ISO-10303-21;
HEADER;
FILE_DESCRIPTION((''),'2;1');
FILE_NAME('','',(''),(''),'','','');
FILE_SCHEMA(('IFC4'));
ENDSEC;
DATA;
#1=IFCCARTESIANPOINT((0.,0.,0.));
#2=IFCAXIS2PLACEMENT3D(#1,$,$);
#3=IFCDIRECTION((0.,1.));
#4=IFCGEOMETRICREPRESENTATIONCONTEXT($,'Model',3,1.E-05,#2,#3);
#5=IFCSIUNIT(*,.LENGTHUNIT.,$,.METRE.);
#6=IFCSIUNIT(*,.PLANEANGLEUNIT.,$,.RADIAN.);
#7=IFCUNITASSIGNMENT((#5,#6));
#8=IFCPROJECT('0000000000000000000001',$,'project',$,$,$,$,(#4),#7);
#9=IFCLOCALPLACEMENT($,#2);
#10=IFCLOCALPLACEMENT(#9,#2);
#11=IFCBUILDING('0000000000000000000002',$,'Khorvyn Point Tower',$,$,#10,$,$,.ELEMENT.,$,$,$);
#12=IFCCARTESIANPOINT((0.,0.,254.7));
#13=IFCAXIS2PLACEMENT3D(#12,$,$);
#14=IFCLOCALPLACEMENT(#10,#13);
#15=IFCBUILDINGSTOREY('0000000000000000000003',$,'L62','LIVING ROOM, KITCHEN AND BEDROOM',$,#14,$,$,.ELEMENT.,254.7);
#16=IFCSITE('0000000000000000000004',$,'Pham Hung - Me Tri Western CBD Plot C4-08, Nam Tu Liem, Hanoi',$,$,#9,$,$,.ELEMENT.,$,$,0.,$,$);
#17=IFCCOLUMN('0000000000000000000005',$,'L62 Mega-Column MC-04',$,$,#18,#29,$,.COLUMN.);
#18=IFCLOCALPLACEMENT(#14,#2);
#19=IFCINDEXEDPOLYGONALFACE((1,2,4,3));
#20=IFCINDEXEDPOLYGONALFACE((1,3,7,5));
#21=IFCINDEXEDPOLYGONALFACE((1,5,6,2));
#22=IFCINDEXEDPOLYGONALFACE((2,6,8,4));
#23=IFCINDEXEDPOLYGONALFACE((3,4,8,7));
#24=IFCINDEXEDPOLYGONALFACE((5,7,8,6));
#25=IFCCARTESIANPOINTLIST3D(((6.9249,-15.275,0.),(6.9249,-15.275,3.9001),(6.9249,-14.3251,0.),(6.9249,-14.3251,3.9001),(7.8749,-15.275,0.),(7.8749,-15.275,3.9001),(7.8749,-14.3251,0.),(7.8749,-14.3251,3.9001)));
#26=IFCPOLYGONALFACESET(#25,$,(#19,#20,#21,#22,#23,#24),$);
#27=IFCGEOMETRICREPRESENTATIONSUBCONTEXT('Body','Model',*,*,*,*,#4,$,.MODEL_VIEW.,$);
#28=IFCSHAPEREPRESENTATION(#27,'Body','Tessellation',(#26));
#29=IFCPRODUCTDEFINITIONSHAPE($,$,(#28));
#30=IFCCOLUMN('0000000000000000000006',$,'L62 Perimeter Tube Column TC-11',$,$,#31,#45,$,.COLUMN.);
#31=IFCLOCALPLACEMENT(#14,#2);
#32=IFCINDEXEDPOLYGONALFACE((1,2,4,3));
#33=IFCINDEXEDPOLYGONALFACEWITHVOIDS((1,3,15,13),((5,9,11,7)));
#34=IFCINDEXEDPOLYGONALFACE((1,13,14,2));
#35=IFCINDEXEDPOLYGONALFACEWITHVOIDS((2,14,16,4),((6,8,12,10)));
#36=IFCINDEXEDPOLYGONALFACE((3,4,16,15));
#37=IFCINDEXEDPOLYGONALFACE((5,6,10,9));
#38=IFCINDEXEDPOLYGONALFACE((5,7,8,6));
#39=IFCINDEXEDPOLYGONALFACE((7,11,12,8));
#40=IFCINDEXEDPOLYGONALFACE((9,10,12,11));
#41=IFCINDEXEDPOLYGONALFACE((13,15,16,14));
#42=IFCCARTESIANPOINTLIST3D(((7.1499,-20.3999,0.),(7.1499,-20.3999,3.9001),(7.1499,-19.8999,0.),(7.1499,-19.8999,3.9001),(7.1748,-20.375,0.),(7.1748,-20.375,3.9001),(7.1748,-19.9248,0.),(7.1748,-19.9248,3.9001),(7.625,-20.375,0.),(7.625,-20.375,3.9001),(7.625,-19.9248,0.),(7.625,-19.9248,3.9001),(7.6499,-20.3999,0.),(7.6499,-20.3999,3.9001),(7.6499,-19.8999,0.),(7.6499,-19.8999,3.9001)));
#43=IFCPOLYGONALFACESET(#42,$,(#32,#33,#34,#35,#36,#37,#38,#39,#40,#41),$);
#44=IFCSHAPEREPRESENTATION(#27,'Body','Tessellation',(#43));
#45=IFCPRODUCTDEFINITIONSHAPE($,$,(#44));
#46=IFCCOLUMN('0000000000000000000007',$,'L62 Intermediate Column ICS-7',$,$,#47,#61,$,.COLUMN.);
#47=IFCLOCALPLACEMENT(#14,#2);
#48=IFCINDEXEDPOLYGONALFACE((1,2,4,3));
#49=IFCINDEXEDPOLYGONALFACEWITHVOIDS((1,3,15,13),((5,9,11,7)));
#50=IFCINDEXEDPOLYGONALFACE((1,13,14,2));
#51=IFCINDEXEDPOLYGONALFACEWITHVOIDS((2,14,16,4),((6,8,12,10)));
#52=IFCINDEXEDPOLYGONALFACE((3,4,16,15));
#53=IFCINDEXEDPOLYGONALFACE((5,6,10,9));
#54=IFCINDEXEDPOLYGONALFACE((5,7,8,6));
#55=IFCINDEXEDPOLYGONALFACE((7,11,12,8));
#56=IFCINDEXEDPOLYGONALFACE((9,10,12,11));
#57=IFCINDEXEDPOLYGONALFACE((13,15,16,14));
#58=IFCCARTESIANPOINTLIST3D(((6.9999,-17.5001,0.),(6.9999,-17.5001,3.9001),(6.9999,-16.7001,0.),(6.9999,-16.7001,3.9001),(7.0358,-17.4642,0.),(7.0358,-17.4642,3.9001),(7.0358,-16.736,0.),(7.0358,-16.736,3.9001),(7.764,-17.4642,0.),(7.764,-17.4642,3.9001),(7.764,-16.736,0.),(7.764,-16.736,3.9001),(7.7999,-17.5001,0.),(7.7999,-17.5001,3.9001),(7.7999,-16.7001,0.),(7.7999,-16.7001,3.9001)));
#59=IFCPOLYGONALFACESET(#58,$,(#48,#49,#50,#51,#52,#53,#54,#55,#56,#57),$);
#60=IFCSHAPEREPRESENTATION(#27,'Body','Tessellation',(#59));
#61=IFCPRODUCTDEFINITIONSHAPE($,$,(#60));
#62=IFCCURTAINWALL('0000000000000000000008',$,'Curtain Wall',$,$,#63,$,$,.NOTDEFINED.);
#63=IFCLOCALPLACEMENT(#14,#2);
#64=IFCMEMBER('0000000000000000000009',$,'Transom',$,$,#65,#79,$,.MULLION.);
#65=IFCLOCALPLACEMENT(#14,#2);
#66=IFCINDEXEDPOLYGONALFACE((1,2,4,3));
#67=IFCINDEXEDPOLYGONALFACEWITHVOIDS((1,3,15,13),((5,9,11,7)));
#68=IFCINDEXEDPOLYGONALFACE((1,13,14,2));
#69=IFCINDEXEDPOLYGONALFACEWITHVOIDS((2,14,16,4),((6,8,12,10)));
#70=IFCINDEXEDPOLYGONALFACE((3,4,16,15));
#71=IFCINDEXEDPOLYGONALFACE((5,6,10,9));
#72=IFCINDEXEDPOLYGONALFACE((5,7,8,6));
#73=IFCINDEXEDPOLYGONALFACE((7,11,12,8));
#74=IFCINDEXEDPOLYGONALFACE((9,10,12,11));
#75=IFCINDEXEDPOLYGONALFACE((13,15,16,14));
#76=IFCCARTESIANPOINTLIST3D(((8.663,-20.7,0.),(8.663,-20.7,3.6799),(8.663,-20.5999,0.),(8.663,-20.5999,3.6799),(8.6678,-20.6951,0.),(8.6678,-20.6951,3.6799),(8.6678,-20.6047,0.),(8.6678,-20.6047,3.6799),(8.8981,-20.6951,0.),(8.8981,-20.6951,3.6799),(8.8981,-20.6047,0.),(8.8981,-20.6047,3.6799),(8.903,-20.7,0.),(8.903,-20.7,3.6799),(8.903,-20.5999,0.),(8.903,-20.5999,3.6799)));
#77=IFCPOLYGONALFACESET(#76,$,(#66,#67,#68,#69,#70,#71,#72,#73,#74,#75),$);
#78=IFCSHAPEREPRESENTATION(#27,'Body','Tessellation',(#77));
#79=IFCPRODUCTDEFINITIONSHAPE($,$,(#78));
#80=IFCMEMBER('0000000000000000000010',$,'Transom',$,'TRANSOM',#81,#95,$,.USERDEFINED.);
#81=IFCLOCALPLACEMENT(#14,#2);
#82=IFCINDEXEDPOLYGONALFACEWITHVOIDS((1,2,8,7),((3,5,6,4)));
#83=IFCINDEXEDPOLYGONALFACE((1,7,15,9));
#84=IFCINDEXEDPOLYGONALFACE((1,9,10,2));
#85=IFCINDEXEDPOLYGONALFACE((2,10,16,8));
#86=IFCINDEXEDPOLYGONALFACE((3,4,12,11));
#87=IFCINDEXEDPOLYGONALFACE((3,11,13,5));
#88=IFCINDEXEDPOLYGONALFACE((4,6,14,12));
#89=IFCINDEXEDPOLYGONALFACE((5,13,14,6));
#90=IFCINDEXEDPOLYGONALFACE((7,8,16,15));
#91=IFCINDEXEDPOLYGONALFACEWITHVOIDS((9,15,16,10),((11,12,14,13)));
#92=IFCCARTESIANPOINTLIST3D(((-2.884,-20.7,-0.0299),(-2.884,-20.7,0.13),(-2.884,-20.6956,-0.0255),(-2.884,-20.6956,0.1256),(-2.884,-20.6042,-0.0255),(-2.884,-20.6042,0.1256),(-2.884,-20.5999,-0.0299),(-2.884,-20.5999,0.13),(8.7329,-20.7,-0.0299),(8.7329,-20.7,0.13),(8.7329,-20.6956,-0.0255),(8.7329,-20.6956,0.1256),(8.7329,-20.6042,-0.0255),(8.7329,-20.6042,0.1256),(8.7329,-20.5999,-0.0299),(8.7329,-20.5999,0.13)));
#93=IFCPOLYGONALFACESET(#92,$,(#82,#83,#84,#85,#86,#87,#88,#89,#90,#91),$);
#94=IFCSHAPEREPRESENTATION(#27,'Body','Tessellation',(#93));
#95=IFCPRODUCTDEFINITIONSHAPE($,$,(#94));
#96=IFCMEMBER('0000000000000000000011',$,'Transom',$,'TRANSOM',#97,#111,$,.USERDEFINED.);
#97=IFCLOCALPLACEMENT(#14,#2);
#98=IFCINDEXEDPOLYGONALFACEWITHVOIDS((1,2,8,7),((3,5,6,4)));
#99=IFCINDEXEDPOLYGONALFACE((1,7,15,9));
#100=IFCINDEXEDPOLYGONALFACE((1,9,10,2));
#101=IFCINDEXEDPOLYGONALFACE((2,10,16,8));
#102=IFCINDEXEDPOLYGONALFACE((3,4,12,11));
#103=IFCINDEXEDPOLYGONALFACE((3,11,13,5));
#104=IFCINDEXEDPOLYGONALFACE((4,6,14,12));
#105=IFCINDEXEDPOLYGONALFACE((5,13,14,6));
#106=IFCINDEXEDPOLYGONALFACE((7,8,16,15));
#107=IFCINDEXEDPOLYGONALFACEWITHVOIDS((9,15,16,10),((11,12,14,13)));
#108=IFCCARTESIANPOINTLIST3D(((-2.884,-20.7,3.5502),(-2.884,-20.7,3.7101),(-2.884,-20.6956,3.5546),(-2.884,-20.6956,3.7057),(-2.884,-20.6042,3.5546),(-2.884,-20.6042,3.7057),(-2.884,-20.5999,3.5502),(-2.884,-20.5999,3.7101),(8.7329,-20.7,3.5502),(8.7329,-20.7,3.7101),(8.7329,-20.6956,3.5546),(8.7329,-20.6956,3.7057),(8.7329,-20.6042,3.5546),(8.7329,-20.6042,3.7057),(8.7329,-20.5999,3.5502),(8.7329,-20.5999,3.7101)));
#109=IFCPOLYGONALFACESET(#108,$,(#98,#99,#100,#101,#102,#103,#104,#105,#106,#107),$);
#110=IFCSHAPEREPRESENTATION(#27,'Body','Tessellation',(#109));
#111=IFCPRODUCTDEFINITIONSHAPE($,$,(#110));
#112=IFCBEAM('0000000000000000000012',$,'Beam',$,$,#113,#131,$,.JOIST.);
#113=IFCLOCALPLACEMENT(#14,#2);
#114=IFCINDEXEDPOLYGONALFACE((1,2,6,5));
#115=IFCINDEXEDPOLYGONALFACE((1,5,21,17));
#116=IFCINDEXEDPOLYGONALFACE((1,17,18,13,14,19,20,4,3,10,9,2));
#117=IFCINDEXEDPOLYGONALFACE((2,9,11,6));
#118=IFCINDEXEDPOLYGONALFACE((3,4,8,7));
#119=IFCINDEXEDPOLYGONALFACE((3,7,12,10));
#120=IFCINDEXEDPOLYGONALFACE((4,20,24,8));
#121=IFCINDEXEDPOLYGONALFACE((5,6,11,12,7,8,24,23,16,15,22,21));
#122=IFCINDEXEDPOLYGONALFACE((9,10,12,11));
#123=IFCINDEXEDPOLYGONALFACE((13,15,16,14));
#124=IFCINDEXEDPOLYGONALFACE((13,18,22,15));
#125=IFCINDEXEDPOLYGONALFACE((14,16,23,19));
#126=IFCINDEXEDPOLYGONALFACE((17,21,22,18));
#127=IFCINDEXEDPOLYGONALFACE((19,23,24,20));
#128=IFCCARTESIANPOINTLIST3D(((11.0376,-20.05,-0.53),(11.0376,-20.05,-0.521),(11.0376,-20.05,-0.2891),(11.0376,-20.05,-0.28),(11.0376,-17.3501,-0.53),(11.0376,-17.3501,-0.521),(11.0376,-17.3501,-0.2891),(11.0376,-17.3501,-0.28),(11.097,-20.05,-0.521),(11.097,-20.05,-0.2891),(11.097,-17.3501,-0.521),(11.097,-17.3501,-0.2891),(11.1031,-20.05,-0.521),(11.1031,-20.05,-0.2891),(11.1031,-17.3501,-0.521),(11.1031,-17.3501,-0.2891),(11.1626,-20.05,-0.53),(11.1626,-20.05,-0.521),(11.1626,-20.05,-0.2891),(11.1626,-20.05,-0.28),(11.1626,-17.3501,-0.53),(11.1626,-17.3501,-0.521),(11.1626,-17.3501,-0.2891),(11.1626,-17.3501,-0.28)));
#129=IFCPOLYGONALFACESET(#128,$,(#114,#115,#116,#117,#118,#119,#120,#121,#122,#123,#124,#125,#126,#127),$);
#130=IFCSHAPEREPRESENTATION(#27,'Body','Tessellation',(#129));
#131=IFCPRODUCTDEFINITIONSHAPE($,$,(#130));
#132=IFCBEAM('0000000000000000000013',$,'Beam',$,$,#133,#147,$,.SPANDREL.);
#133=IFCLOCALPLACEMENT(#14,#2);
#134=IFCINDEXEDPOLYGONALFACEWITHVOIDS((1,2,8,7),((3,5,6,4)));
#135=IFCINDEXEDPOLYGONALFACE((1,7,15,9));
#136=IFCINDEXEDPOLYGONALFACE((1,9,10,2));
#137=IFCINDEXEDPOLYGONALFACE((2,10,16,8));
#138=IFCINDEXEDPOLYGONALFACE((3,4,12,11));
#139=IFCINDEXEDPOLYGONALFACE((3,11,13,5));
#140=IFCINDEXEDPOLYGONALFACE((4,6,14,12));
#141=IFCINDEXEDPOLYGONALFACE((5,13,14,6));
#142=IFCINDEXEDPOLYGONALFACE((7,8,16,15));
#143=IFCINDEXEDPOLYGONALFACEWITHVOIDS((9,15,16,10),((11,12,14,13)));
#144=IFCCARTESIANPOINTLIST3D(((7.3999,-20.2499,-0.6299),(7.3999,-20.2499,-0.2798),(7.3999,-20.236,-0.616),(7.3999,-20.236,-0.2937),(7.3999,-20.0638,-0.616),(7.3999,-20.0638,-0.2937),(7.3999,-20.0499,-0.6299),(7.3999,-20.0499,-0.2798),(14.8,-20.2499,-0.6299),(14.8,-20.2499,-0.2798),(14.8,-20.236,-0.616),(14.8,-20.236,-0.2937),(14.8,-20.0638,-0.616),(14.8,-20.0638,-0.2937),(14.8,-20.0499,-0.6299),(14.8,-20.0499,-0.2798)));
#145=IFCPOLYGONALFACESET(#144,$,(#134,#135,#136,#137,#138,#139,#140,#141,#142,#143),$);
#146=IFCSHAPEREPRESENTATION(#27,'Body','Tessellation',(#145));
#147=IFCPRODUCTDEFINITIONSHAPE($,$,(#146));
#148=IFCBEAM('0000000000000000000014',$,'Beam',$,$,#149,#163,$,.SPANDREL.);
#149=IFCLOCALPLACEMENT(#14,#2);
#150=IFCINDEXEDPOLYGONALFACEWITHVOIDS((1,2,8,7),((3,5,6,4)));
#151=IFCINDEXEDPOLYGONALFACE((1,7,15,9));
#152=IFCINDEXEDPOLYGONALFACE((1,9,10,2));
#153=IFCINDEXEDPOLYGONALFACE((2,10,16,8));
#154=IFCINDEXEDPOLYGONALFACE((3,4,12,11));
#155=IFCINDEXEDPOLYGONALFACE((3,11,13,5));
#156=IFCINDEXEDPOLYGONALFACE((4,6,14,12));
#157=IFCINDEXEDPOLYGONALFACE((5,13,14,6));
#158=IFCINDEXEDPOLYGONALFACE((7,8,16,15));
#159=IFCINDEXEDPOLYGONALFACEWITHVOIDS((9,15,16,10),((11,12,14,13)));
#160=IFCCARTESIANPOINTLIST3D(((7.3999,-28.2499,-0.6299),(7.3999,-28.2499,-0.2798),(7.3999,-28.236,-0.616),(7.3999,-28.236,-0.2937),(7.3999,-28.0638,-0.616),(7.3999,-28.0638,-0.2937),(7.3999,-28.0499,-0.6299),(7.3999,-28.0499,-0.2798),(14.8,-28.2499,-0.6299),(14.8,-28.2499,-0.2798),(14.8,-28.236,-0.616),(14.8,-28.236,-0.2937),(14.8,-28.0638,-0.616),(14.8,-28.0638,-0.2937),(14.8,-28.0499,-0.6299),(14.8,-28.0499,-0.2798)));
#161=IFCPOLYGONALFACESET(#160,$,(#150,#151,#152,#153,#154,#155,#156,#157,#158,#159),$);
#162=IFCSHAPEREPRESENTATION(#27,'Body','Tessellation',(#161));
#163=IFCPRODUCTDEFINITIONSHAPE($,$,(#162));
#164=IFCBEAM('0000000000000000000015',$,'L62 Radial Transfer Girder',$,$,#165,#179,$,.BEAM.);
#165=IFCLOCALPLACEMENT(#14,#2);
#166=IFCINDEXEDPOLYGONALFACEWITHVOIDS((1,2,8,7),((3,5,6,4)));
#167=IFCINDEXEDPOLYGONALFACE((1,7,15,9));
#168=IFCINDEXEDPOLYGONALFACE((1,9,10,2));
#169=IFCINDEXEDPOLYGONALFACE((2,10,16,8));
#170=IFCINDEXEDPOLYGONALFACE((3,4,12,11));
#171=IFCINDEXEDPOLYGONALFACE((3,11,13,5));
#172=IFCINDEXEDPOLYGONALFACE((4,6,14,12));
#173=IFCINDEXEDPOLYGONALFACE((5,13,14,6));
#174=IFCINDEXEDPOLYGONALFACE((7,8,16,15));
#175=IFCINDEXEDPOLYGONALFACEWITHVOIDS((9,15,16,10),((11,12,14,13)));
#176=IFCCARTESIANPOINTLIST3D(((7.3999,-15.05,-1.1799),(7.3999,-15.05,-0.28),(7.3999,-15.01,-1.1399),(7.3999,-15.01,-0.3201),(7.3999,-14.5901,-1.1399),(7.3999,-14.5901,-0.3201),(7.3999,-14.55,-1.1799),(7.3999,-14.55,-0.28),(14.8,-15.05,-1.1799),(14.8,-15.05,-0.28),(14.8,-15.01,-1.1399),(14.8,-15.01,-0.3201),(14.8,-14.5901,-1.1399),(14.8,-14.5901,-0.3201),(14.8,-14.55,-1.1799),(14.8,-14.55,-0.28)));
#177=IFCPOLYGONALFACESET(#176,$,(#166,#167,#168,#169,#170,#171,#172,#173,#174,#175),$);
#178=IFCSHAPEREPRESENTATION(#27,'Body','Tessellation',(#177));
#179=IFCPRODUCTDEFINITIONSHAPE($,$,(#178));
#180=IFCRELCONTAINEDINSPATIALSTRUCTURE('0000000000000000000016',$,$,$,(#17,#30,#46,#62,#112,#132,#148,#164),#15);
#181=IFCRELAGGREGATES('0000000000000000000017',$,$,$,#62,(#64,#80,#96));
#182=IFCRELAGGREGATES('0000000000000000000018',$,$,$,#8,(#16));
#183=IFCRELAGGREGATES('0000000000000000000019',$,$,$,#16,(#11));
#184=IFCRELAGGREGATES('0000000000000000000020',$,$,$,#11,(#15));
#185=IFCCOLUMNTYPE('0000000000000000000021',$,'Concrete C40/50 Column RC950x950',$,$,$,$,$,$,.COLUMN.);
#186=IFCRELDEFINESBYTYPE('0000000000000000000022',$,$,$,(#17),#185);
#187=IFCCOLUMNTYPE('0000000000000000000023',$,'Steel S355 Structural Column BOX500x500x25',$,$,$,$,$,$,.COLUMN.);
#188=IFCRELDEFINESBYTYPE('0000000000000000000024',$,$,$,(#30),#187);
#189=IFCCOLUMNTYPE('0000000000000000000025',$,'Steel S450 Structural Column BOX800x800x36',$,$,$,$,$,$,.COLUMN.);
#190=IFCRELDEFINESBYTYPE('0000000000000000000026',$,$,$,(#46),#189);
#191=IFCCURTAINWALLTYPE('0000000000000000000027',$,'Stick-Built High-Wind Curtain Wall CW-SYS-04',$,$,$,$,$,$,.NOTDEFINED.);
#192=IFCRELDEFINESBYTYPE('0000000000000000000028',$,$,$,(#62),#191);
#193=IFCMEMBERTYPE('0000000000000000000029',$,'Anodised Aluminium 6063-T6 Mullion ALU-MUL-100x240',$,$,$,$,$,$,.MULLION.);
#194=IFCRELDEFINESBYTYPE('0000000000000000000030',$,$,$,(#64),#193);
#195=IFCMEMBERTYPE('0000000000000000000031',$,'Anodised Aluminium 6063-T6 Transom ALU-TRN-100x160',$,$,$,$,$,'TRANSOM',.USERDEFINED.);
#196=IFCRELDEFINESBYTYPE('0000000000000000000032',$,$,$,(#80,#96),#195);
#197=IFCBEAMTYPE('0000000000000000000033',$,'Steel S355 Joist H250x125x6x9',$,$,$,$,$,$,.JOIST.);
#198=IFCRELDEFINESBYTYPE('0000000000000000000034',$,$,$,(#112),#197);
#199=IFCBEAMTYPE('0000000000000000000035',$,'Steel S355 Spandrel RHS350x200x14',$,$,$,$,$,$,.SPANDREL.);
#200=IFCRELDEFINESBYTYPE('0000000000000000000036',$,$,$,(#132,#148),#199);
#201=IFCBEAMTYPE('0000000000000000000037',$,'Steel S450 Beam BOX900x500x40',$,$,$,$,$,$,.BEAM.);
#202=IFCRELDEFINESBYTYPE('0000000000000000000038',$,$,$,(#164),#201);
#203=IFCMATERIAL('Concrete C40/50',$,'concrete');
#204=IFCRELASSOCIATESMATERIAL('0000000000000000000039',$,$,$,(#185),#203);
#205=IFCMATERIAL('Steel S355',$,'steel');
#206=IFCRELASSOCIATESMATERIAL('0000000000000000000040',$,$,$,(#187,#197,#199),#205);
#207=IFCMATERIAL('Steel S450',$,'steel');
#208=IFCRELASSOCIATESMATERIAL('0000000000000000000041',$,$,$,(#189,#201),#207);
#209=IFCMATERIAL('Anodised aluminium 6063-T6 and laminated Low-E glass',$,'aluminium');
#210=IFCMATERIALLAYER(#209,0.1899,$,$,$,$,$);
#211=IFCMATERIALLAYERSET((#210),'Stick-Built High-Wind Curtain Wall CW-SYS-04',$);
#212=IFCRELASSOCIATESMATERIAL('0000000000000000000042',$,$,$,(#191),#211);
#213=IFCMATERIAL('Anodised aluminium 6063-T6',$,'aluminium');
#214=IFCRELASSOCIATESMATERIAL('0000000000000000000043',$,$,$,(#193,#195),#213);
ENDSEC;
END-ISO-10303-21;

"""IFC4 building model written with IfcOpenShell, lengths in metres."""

from ifc_helpers import new_model, si_unit, direction, frame, origin, origin_2d, place, context, subcontext, project, spatial, rectangle, hollow_rectangle, i_section, extrude, material, layer, layer_set, material_profile, profile_set, type_object, element, aggregate, save


model = new_model("IFC4")

# Units and contexts
model_context = context("Model", 3, precision=1e-05, world=origin(), true_north=direction((0.0, 1.0)))
body_context = subcontext(model_context, "Body", "Model", "MODEL_VIEW")
ifc_project = project(units=[si_unit("LENGTHUNIT", "METRE"), si_unit("PLANEANGLEUNIT", "RADIAN")], contexts=[model_context])

# Site, building, storey
site_placement = place(None, origin())
site = spatial("IfcSite", under=ifc_project, at=site_placement, Name="Pham Hung - Me Tri Western CBD Plot C4-08, Nam Tu Liem, Hanoi", CompositionType="ELEMENT", RefElevation=0.0)
building_placement = place(site_placement, origin())
building = spatial("IfcBuilding", under=site, at=building_placement, Name="Khorvyn Point Tower", CompositionType="ELEMENT")
storey_placement = place(building_placement, frame((0.0, 0.0, 254.7)))
storey = spatial("IfcBuildingStorey", under=building, at=storey_placement, Name="L62", Description="LIVING ROOM, KITCHEN AND BEDROOM", CompositionType="ELEMENT", Elevation=254.7)

# Columns
ifc_material_1 = material(Name="Concrete C40/50", Category="concrete")
ifc_material_profile_1 = material_profile(ifc_material_1, rectangle(XDim=0.95, YDim=0.95, at=origin_2d()))
ifc_profile_set_1 = profile_set([ifc_material_profile_1], Name="Concrete C40/50 RC950x950")
column_type_1 = type_object("IfcColumnType", Name="Concrete C40/50 Column RC950x950", PredefinedType="COLUMN", material=ifc_profile_set_1)
column_1_placement = place(storey_placement, frame((7.3999, -14.8, 0.0), z_axis=(0.0, 0.0, 1.0), x_axis=(1.0, 0.0, 0.0)))
element("IfcColumn", 1, at=column_1_placement, inside=storey, type_object=column_type_1, Name="L62 Mega-Column MC-04", PredefinedType="COLUMN", context=body_context, shape_type="SweptSolid", body=[
    extrude(rectangle(XDim=0.95, YDim=0.95, at=origin_2d()), origin(), (0.0, 0.0, 1.0), 3.9001),
])
ifc_material_2 = material(Name="Steel S355", Category="steel")
ifc_material_profile_2 = material_profile(ifc_material_2, hollow_rectangle(XDim=0.5, YDim=0.5, WallThickness=0.0249, at=origin_2d()))
ifc_profile_set_2 = profile_set([ifc_material_profile_2], Name="Steel S355 BOX500x500x25")
column_type_2 = type_object("IfcColumnType", Name="Steel S355 Structural Column BOX500x500x25", PredefinedType="COLUMN", material=ifc_profile_set_2)
column_2_placement = place(storey_placement, frame((7.3999, -20.1499, 0.0), z_axis=(0.0, 0.0, 1.0), x_axis=(1.0, 0.0, 0.0)))
element("IfcColumn", 2, at=column_2_placement, inside=storey, type_object=column_type_2, Name="L62 Perimeter Tube Column TC-11", PredefinedType="COLUMN", context=body_context, shape_type="SweptSolid", body=[
    extrude(hollow_rectangle(XDim=0.5, YDim=0.5, WallThickness=0.0249, at=origin_2d()), origin(), (0.0, 0.0, 1.0), 3.9001),
])
ifc_material_3 = material(Name="Steel S450", Category="steel")
ifc_material_profile_3 = material_profile(ifc_material_3, hollow_rectangle(XDim=0.8, YDim=0.8, WallThickness=0.0359, at=origin_2d()))
ifc_profile_set_3 = profile_set([ifc_material_profile_3], Name="Steel S450 BOX800x800x36")
column_type_3 = type_object("IfcColumnType", Name="Steel S450 Structural Column BOX800x800x36", PredefinedType="COLUMN", material=ifc_profile_set_3)
column_3_placement = place(storey_placement, frame((7.3999, -17.1001, 0.0), z_axis=(0.0, 0.0, 1.0), x_axis=(1.0, 0.0, 0.0)))
element("IfcColumn", 3, at=column_3_placement, inside=storey, type_object=column_type_3, Name="L62 Intermediate Column ICS-7", PredefinedType="COLUMN", context=body_context, shape_type="SweptSolid", body=[
    extrude(hollow_rectangle(XDim=0.8, YDim=0.8, WallThickness=0.0359, at=origin_2d()), origin(), (0.0, 0.0, 1.0), 3.9001),
])

# Curtain wall, members
ifc_material_4 = material(Name="Anodised aluminium 6063-T6 and laminated Low-E glass", Category="aluminium")
ifc_layer_1 = layer(ifc_material_4, 0.1899)
ifc_layer_set_1 = layer_set([ifc_layer_1], Name="Stick-Built High-Wind Curtain Wall CW-SYS-04")
curtain_wall_type = type_object("IfcCurtainWallType", Name="Stick-Built High-Wind Curtain Wall CW-SYS-04", PredefinedType="NOTDEFINED", material=ifc_layer_set_1)
curtain_wall_placement = place(storey_placement, origin())
curtain_wall = element("IfcCurtainWall", 4, at=curtain_wall_placement, inside=storey, type_object=curtain_wall_type, Name="Curtain Wall", PredefinedType="NOTDEFINED")
ifc_material_5 = material(Name="Anodised aluminium 6063-T6", Category="aluminium")
ifc_material_profile_4 = material_profile(ifc_material_5, hollow_rectangle(XDim=0.1001, YDim=0.24, WallThickness=0.0049, at=origin_2d()))
ifc_profile_set_4 = profile_set([ifc_material_profile_4], Name="Anodised aluminium 6063-T6 ALU-MUL-100x240")
member_type_1 = type_object("IfcMemberType", Name="Anodised Aluminium 6063-T6 Mullion ALU-MUL-100x240", PredefinedType="MULLION", material=ifc_profile_set_4)
member_1_placement = place(storey_placement, frame((8.783, -20.6499, 0.0), z_axis=(0.0, 0.0, 1.0), x_axis=(0.0, -1.0, 0.0)))
member_1 = element("IfcMember", 5, at=member_1_placement, type_object=member_type_1, Name="Transom", PredefinedType="MULLION", context=body_context, shape_type="SweptSolid", body=[
    extrude(hollow_rectangle(XDim=0.1001, YDim=0.24, WallThickness=0.0049, at=origin_2d()), origin(), (0.0, 0.0, 1.0), 3.6799),
])
ifc_material_profile_5 = material_profile(ifc_material_5, hollow_rectangle(XDim=0.1001, YDim=0.1599, WallThickness=0.0044, at=origin_2d()))
ifc_profile_set_5 = profile_set([ifc_material_profile_5], Name="Anodised aluminium 6063-T6 ALU-TRN-100x160")
member_type_2 = type_object("IfcMemberType", Name="Anodised Aluminium 6063-T6 Transom ALU-TRN-100x160", ElementType="TRANSOM", PredefinedType="USERDEFINED", material=ifc_profile_set_5)
member_2_placement = place(storey_placement, frame((8.7329, -20.6499, 0.05), z_axis=(-1.0, 0.0, 0.0), x_axis=(0.0, -1.0, 0.0)))
member_2 = element("IfcMember", 6, at=member_2_placement, type_object=member_type_2, Name="Transom", ObjectType="TRANSOM", PredefinedType="USERDEFINED", context=body_context, shape_type="SweptSolid", body=[
    extrude(hollow_rectangle(XDim=0.1001, YDim=0.1599, WallThickness=0.0044, at=origin_2d()), origin(), (0.0, 0.0, 1.0), 11.6169),
])
member_3_placement = place(storey_placement, frame((8.7329, -20.6499, 3.6301), z_axis=(-1.0, 0.0, 0.0), x_axis=(0.0, -1.0, 0.0)))
member_3 = element("IfcMember", 7, at=member_3_placement, type_object=member_type_2, Name="Transom", ObjectType="TRANSOM", PredefinedType="USERDEFINED", context=body_context, shape_type="SweptSolid", body=[
    extrude(hollow_rectangle(XDim=0.1001, YDim=0.1599, WallThickness=0.0044, at=origin_2d()), origin(), (0.0, 0.0, 1.0), 11.6169),
])

# Beams
ifc_material_profile_6 = material_profile(ifc_material_2, i_section(OverallWidth=0.125, OverallDepth=0.25, WebThickness=0.0061, FlangeThickness=0.009, at=origin_2d()))
ifc_profile_set_6 = profile_set([ifc_material_profile_6], Name="Steel S355 H250x125x6x9")
beam_type_1 = type_object("IfcBeamType", Name="Steel S355 Joist H250x125x6x9", PredefinedType="JOIST", material=ifc_profile_set_6)
beam_1_placement = place(storey_placement, frame((11.1001, -20.05, -0.405), z_axis=(0.0, 1.0, 0.0), x_axis=(-1.0, 0.0, 0.0)))
element("IfcBeam", 8, at=beam_1_placement, inside=storey, type_object=beam_type_1, Name="Beam", PredefinedType="JOIST", context=body_context, shape_type="SweptSolid", body=[
    extrude(i_section(OverallWidth=0.125, OverallDepth=0.25, WebThickness=0.0061, FlangeThickness=0.009, at=origin_2d()), origin(), (0.0, 0.0, 1.0), 2.7),
])
ifc_material_profile_7 = material_profile(ifc_material_2, hollow_rectangle(XDim=0.2, YDim=0.3501, WallThickness=0.0139, at=origin_2d()))
ifc_profile_set_7 = profile_set([ifc_material_profile_7], Name="Steel S355 RHS350x200x14")
beam_type_2 = type_object("IfcBeamType", Name="Steel S355 Spandrel RHS350x200x14", PredefinedType="SPANDREL", material=ifc_profile_set_7)
for number, where, z_axis, x_axis, name in (
    (9, (7.3999, -20.1499, -0.4548), (1.0, 0.0, 0.0), (0.0, 1.0, 0.0), "Beam"),
    (10, (7.3999, -28.1499, -0.4548), (1.0, 0.0, 0.0), (0.0, 1.0, 0.0), "Beam"),
):
    element("IfcBeam", number, at=place(storey_placement, frame(where, z_axis=z_axis, x_axis=x_axis)), inside=storey, type_object=beam_type_2, Name=name, PredefinedType="SPANDREL", context=body_context, shape_type="SweptSolid", body=[
        extrude(hollow_rectangle(XDim=0.2, YDim=0.3501, WallThickness=0.0139, at=origin_2d()), origin(), (0.0, 0.0, 1.0), 7.4001),
    ])
ifc_material_profile_8 = material_profile(ifc_material_3, hollow_rectangle(XDim=0.5, YDim=0.8999, WallThickness=0.04, at=origin_2d()))
ifc_profile_set_8 = profile_set([ifc_material_profile_8], Name="Steel S450 BOX900x500x40")
beam_type_3 = type_object("IfcBeamType", Name="Steel S450 Beam BOX900x500x40", PredefinedType="BEAM", material=ifc_profile_set_8)
for number, where, z_axis, x_axis, name in (
    (11, (7.3999, -14.8, -0.73), (1.0, 0.0, 0.0), (0.0, 1.0, 0.0), "L62 Radial Transfer Girder"),
):
    element("IfcBeam", number, at=place(storey_placement, frame(where, z_axis=z_axis, x_axis=x_axis)), inside=storey, type_object=beam_type_3, Name=name, PredefinedType="BEAM", context=body_context, shape_type="SweptSolid", body=[
        extrude(hollow_rectangle(XDim=0.5, YDim=0.8999, WallThickness=0.04, at=origin_2d()), origin(), (0.0, 0.0, 1.0), 7.4001),
    ])

aggregate(curtain_wall, [member_1, member_2, member_3])

save(model, "model.ifc")
